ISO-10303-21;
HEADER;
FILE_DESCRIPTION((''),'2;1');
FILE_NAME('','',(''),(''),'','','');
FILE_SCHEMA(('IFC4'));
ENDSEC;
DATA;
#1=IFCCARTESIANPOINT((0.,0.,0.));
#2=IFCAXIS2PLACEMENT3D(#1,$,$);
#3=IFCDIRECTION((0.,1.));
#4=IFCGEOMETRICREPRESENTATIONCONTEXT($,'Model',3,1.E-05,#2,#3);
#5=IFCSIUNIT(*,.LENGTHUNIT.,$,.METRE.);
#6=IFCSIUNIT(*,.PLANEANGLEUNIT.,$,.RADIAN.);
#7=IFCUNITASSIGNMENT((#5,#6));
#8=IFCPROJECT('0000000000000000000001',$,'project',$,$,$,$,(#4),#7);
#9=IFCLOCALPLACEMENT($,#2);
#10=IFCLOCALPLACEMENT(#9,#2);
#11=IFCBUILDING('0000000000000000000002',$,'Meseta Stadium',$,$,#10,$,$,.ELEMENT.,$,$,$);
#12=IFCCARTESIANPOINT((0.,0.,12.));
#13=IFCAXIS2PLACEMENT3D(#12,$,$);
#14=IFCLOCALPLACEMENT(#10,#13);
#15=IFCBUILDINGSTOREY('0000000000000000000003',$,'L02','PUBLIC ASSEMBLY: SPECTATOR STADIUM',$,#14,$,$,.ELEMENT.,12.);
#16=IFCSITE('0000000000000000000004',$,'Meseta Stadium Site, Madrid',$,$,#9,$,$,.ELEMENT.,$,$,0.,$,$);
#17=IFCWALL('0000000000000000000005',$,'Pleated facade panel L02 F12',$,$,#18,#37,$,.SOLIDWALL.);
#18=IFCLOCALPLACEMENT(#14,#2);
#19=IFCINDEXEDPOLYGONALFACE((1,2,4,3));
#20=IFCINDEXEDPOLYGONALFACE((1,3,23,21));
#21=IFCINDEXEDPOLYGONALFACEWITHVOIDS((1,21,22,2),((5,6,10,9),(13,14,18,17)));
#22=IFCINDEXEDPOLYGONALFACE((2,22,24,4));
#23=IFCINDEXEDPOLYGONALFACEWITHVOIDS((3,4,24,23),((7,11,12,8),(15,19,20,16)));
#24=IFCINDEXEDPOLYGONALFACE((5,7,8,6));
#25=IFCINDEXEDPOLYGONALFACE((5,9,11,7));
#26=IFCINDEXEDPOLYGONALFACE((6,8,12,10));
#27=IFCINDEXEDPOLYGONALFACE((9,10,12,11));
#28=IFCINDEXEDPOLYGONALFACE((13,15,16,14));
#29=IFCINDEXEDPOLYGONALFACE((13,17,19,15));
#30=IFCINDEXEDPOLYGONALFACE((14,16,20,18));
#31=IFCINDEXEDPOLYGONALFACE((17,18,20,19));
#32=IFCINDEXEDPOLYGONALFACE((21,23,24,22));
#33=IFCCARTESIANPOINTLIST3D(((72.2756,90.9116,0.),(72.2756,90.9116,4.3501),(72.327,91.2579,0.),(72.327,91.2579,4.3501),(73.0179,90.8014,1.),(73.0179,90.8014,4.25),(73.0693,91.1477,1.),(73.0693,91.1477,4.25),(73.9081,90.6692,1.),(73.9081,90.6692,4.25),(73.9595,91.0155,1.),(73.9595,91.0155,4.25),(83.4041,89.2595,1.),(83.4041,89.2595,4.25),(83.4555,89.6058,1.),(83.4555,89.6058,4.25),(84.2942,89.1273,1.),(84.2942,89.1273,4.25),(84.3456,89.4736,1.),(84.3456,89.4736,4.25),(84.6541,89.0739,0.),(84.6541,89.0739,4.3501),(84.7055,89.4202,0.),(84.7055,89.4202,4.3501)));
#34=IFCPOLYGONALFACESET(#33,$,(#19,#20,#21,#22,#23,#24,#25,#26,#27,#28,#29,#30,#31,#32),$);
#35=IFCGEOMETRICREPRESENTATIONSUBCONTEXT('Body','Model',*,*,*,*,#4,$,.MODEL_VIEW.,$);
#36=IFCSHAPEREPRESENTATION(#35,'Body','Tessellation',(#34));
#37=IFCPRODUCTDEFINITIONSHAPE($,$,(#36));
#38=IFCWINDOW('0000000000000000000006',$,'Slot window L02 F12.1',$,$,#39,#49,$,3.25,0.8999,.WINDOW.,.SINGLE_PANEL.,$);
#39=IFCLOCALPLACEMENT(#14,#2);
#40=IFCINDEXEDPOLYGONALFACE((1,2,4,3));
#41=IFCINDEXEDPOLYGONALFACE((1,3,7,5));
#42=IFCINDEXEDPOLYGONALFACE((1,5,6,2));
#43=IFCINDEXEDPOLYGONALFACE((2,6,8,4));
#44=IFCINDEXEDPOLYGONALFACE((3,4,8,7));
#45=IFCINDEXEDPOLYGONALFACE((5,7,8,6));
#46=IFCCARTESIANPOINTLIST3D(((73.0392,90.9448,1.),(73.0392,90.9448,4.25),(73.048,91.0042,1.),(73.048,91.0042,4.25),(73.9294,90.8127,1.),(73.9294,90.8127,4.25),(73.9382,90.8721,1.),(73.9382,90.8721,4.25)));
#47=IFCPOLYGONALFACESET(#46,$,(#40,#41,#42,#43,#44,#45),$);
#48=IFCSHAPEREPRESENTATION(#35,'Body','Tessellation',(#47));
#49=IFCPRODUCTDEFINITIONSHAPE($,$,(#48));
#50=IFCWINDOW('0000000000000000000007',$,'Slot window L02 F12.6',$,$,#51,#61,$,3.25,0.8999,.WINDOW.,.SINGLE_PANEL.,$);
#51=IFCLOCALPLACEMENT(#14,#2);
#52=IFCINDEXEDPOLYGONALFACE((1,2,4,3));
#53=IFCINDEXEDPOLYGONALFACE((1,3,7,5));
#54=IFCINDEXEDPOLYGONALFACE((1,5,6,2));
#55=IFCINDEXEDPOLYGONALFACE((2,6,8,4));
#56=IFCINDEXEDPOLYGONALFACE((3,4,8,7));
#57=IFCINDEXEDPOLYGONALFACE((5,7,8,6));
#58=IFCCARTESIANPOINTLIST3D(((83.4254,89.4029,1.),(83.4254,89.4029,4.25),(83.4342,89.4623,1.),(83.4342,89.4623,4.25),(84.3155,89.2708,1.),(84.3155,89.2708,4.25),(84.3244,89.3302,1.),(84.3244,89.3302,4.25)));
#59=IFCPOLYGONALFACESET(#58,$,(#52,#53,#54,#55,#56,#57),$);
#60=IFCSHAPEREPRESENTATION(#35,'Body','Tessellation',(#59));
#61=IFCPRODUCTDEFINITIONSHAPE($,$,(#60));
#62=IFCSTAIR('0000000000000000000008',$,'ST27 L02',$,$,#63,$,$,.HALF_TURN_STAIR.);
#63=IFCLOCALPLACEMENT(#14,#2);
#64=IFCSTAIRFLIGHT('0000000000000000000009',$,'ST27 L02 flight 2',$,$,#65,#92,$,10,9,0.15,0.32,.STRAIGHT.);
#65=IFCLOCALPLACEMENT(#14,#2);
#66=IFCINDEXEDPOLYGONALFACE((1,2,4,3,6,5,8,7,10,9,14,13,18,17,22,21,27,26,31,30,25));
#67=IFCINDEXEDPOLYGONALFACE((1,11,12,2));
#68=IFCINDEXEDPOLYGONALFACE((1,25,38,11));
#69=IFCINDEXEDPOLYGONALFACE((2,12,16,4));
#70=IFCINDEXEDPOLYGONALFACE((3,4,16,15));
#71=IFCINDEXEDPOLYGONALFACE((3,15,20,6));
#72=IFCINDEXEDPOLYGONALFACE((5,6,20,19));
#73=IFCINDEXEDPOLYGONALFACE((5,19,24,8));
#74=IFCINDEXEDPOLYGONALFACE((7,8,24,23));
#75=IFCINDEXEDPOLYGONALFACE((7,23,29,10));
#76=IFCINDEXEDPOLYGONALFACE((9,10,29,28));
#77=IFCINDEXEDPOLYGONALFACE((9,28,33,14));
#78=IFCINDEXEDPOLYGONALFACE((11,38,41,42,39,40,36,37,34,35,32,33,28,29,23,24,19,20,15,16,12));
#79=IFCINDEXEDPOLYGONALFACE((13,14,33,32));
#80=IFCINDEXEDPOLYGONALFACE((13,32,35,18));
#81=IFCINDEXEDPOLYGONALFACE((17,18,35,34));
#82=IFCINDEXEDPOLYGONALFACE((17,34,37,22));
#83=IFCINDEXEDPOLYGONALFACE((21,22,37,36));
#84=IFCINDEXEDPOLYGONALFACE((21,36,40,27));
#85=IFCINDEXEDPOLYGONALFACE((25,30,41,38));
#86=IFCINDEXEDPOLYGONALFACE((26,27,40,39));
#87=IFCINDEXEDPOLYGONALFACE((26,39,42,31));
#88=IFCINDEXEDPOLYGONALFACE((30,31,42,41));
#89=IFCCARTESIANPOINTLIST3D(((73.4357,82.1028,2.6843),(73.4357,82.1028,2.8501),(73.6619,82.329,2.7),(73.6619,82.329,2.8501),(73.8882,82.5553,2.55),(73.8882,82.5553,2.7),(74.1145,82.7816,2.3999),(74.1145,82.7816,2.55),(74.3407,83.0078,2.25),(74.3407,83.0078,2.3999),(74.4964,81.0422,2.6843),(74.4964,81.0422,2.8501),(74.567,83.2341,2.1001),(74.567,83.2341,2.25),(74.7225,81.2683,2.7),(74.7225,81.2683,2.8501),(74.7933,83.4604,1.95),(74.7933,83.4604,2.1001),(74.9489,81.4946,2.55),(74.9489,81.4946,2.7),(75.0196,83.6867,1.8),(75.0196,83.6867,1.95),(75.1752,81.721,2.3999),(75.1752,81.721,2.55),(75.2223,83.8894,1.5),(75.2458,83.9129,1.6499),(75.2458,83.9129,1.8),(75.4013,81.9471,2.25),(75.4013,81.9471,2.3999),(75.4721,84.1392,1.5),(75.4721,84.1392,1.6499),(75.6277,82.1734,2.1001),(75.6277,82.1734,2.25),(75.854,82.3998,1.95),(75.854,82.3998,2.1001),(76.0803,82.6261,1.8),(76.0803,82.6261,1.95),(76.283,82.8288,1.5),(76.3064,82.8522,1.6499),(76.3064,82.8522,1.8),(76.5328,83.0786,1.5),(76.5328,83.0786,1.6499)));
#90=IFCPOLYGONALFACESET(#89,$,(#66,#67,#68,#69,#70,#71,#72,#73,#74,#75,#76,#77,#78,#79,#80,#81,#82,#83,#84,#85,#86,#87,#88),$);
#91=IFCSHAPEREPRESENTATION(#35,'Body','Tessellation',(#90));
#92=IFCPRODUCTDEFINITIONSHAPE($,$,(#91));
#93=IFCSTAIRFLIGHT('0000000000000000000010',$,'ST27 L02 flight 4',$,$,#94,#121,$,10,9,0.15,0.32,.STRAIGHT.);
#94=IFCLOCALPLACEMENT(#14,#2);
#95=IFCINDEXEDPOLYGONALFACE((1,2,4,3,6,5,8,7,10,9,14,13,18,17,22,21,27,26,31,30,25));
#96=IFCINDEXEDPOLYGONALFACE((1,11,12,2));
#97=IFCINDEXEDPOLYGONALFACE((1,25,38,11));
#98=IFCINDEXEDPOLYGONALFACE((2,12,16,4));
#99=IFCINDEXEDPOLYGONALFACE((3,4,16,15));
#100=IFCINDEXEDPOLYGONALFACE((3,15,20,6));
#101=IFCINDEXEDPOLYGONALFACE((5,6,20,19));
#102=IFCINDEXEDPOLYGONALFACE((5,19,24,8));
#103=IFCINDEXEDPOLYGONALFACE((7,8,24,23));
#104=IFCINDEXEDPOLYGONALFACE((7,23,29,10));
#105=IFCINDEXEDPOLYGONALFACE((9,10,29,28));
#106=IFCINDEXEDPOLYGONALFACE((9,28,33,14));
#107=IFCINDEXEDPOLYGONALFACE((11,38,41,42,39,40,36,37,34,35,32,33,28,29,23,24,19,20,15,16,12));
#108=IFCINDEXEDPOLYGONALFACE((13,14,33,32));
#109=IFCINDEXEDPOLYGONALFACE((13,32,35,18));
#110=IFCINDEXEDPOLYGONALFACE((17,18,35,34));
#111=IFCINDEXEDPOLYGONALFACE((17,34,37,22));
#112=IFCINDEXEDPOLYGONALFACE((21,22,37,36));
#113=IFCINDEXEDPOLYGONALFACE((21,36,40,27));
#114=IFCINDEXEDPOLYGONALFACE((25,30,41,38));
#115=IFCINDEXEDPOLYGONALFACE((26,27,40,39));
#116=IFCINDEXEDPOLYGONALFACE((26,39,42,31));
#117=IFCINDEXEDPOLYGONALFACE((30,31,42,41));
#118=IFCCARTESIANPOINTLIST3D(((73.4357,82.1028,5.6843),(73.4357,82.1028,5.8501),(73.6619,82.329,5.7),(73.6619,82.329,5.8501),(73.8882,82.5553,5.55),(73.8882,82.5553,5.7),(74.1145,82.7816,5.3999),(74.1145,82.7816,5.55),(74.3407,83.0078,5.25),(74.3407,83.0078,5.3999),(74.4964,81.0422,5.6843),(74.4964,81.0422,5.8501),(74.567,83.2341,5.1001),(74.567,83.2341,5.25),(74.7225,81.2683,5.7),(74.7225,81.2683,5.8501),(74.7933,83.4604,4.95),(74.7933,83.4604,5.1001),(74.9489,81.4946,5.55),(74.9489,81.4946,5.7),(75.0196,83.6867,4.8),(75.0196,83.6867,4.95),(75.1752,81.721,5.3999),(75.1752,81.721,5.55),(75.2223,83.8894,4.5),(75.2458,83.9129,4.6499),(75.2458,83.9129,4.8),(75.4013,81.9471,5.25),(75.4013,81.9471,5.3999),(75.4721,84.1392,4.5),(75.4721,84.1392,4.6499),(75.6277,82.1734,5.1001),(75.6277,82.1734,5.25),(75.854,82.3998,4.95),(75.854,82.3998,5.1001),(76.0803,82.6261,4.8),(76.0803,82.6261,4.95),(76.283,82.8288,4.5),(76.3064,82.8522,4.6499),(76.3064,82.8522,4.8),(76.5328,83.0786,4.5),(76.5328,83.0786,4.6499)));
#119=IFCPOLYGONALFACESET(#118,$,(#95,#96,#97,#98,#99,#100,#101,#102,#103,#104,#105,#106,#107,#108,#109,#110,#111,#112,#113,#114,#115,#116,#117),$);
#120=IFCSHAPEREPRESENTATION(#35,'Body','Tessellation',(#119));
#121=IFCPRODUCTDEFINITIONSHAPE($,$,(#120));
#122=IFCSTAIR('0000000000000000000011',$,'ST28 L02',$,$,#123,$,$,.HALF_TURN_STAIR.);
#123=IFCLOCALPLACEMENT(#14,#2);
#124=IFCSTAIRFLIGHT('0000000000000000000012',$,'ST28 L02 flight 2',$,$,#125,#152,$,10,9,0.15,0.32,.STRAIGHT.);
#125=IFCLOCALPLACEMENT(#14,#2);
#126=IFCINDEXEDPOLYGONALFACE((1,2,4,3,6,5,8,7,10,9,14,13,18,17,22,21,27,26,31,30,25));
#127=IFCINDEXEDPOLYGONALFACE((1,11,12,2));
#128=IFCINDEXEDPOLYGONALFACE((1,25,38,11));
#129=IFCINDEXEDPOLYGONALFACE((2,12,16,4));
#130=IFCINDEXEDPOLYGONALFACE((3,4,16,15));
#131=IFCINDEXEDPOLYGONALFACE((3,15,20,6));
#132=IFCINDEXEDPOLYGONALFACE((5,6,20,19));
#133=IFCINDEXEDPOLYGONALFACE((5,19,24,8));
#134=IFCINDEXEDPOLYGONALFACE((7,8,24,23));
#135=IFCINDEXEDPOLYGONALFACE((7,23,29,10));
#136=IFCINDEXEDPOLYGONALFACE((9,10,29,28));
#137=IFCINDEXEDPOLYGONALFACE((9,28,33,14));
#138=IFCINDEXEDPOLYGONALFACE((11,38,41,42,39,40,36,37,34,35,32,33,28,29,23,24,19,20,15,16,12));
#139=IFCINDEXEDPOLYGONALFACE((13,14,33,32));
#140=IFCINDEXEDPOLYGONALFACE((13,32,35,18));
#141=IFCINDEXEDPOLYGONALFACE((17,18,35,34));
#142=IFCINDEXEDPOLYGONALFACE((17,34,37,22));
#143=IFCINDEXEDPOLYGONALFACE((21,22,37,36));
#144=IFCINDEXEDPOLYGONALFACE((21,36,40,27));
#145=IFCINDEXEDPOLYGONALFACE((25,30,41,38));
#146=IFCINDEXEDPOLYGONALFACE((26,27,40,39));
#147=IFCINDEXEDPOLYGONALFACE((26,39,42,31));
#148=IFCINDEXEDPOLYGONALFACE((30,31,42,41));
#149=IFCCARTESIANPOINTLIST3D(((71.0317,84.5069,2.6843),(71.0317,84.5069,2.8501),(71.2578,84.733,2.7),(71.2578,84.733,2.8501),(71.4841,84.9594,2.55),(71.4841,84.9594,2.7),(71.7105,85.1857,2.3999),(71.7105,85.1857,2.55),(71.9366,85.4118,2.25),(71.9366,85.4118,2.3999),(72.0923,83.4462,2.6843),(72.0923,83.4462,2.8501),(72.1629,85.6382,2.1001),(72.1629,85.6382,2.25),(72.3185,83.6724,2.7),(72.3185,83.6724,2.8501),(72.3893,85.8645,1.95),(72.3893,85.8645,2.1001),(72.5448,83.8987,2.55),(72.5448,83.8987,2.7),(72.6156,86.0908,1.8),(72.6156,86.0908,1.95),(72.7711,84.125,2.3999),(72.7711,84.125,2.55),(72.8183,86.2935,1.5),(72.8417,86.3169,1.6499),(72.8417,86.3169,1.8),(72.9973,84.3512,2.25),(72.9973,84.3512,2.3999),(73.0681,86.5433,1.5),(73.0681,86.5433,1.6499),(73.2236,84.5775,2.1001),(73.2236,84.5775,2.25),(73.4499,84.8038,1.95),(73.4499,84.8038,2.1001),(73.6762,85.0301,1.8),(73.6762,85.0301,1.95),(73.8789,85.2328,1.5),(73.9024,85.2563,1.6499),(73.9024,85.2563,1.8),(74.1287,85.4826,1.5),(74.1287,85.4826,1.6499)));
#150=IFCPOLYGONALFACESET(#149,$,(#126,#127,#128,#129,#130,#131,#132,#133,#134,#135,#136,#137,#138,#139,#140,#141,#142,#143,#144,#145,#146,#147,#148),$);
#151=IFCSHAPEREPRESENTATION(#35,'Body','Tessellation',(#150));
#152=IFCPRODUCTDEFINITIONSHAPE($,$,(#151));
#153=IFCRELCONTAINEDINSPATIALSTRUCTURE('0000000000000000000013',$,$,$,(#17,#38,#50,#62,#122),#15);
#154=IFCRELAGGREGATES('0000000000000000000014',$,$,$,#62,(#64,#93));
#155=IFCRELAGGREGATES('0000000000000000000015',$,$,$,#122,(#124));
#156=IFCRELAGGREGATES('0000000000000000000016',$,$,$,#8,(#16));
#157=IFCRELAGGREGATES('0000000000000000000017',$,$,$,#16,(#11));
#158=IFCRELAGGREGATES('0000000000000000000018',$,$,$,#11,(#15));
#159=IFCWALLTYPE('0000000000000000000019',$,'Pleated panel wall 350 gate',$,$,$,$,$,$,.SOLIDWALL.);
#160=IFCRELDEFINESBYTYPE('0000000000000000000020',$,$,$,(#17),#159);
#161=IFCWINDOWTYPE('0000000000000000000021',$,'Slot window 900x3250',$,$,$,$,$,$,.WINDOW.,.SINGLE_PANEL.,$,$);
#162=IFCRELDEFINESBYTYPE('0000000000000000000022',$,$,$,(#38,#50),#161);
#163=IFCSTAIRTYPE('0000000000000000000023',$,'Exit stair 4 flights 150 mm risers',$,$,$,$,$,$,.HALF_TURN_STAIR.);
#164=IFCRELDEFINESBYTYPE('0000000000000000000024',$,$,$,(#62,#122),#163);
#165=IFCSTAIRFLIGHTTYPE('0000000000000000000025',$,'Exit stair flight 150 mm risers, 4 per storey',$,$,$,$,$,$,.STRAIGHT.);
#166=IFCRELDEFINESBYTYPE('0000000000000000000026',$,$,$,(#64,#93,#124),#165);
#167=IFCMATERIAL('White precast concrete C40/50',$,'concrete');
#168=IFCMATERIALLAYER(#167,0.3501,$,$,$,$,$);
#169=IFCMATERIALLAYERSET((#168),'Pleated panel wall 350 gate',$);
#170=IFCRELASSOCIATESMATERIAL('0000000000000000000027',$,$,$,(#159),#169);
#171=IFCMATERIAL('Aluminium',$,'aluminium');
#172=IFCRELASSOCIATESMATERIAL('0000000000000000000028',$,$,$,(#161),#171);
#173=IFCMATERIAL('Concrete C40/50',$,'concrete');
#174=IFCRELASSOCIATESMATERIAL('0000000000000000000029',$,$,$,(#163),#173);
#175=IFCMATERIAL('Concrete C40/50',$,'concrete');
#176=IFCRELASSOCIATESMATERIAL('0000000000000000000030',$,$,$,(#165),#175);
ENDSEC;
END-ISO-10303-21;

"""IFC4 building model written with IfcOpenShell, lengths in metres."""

from ifc_helpers import new_model, si_unit, direction, frame, frame_2d, origin, place, context, subcontext, project, spatial, polyline, rectangle, outline, extrude, material, layer, layer_set, type_object, element, fill, aggregate, save


model = new_model("IFC4")

# Units and contexts
model_context = context("Model", 3, precision=1e-05, world=origin(), true_north=direction((0.0, 1.0)))
body_context = subcontext(model_context, "Body", "Model", "MODEL_VIEW")
ifc_project = project(units=[si_unit("LENGTHUNIT", "METRE"), si_unit("PLANEANGLEUNIT", "RADIAN")], contexts=[model_context])

# Site, building, storey
site_placement = place(None, origin())
site = spatial("IfcSite", under=ifc_project, at=site_placement, Name="Meseta Stadium Site, Madrid", CompositionType="ELEMENT", RefElevation=0.0)
building_placement = place(site_placement, origin())
building = spatial("IfcBuilding", under=site, at=building_placement, Name="Meseta Stadium", CompositionType="ELEMENT")
storey_placement = place(building_placement, frame((0.0, 0.0, 12.0)))
storey = spatial("IfcBuildingStorey", under=building, at=storey_placement, Name="L02", Description="PUBLIC ASSEMBLY: SPECTATOR STADIUM", CompositionType="ELEMENT", Elevation=12.0)

# Wall, openings, windows
ifc_material_1 = material(Name="White precast concrete C40/50", Category="concrete")
ifc_layer_1 = layer(ifc_material_1, 0.3501)
ifc_layer_set_1 = layer_set([ifc_layer_1], Name="Pleated panel wall 350 gate")
wall_type_1 = type_object("IfcWallType", Name="Pleated panel wall 350 gate", PredefinedType="SOLIDWALL", material=ifc_layer_set_1)
wall_1_placement = place(storey_placement, frame((72.3013, 91.0847, 0.0), z_axis=(0.0, 0.0, 1.0), x_axis=(0.989159, -0.146846, 0.0)))
wall_1 = element("IfcWall", 1, at=wall_1_placement, inside=storey, type_object=wall_type_1, Name="Pleated facade panel L02 F12", PredefinedType="SOLIDWALL", context=body_context, shape_type="SweptSolid", body=[
    extrude(rectangle(XDim=12.5142, YDim=0.3501, at=frame_2d((6.2571, 0.0))), origin(), (0.0, 0.0, 1.0), 4.3501),
])
opening_1_placement = place(wall_1_placement, frame((0.7505, 0.0, 1.0)))
opening_1 = element("IfcOpeningElement", 2, at=opening_1_placement, cuts=wall_1, PredefinedType="OPENING", context=body_context, shape_type="SweptSolid", body=[
    extrude(rectangle(XDim=0.8999, YDim=3.25, at=frame_2d((0.45, 1.625))), frame((0.0, 0.1851, 0.0), z_axis=(0.0, -1.0, 0.0), x_axis=(1.0, 0.0, 0.0)), (0.0, 0.0, 1.0), 0.3701),
])
opening_2_placement = place(wall_1_placement, frame((11.2505, 0.0, 1.0)))
opening_2 = element("IfcOpeningElement", 3, at=opening_2_placement, cuts=wall_1, PredefinedType="OPENING", context=body_context, shape_type="SweptSolid", body=[
    extrude(rectangle(XDim=0.8999, YDim=3.25, at=frame_2d((0.45, 1.625))), frame((0.0, 0.1851, 0.0), z_axis=(0.0, -1.0, 0.0), x_axis=(1.0, 0.0, 0.0)), (0.0, 0.0, 1.0), 0.3701),
])
ifc_material_2 = material(Name="Aluminium", Category="aluminium")
window_type = type_object("IfcWindowType", Name="Slot window 900x3250", PartitioningType="SINGLE_PANEL", PredefinedType="WINDOW", material=ifc_material_2)
window_1_placement = place(opening_1_placement, origin())
window_1 = element("IfcWindow", 4, at=window_1_placement, inside=storey, type_object=window_type, Name="Slot window L02 F12.1", OverallHeight=3.25, OverallWidth=0.8999, PartitioningType="SINGLE_PANEL", PredefinedType="WINDOW", context=body_context, shape_type="SweptSolid", body=[
    extrude(rectangle(XDim=0.8999, YDim=3.25, at=frame_2d((0.45, 1.625))), frame((0.0, 0.03, 0.0), z_axis=(0.0, -1.0, 0.0), x_axis=(1.0, 0.0, 0.0)), (0.0, 0.0, 1.0), 0.0601),
])
fill(opening_1, window_1)
window_2_placement = place(opening_2_placement, origin())
window_2 = element("IfcWindow", 5, at=window_2_placement, inside=storey, type_object=window_type, Name="Slot window L02 F12.6", OverallHeight=3.25, OverallWidth=0.8999, PartitioningType="SINGLE_PANEL", PredefinedType="WINDOW", context=body_context, shape_type="SweptSolid", body=[
    extrude(rectangle(XDim=0.8999, YDim=3.25, at=frame_2d((0.45, 1.625))), frame((0.0, 0.03, 0.0), z_axis=(0.0, -1.0, 0.0), x_axis=(1.0, 0.0, 0.0)), (0.0, 0.0, 1.0), 0.0601),
])
fill(opening_2, window_2)

# Stairs, stair flights
ifc_material_3 = material(Name="Concrete C40/50", Category="concrete")
stair_type = type_object("IfcStairType", Name="Exit stair 4 flights 150 mm risers", PredefinedType="HALF_TURN_STAIR", material=ifc_material_3)
stair_1_placement = place(storey_placement, origin())
stair_1 = element("IfcStair", 6, at=stair_1_placement, inside=storey, type_object=stair_type, Name="ST27 L02", PredefinedType="HALF_TURN_STAIR")
ifc_material_4 = material(Name="Concrete C40/50", Category="concrete")
stair_flight_type = type_object("IfcStairFlightType", Name="Exit stair flight 150 mm risers, 4 per storey", PredefinedType="STRAIGHT", material=ifc_material_4)
stair_flight_1_placement = place(storey_placement, frame((76.0024, 83.6089, 1.5), z_axis=(0.0, 0.0, 1.0), x_axis=(-0.707107, -0.707107, 0.0)))
stair_flight_1 = element("IfcStairFlight", 7, at=stair_flight_1_placement, type_object=stair_flight_type, Name="ST27 L02 flight 2", NumberOfRisers=10, NumberOfTreads=9, PredefinedType="STRAIGHT", RiserHeight=0.15, TreadLength=0.32, context=body_context, shape_type="SweptSolid", body=[
    extrude(outline(polyline([(0.0, 0.0), (0.0, 0.1499), (0.3201, 0.1499), (0.3201, 0.3), (0.6399, 0.3), (0.6399, 0.45), (0.96, 0.45), (0.96, 0.6001), (1.28, 0.6001), (1.28, 0.75), (1.6001, 0.75), (1.6001, 0.8999), (1.9199, 0.8999), (1.9199, 1.05), (2.24, 1.05), (2.24, 1.2), (2.5601, 1.2), (2.5601, 1.3501), (2.8799, 1.3501), (2.8799, 1.1843), (0.3533, 0.0), (0.0, 0.0)])), frame((0.0, 0.75, 0.0), z_axis=(0.0, -1.0, 0.0), x_axis=(1.0, 0.0, 0.0)), (0.0, 0.0, 1.0), 1.5),
])
stair_flight_2_placement = place(storey_placement, frame((76.0024, 83.6089, 4.5), z_axis=(0.0, 0.0, 1.0), x_axis=(-0.707107, -0.707107, 0.0)))
stair_flight_2 = element("IfcStairFlight", 8, at=stair_flight_2_placement, type_object=stair_flight_type, Name="ST27 L02 flight 4", NumberOfRisers=10, NumberOfTreads=9, PredefinedType="STRAIGHT", RiserHeight=0.15, TreadLength=0.32, context=body_context, shape_type="SweptSolid", body=[
    extrude(outline(polyline([(0.0, 0.0), (0.0, 0.1499), (0.3201, 0.1499), (0.3201, 0.3), (0.6399, 0.3), (0.6399, 0.45), (0.96, 0.45), (0.96, 0.6001), (1.28, 0.6001), (1.28, 0.75), (1.6001, 0.75), (1.6001, 0.8999), (1.9199, 0.8999), (1.9199, 1.05), (2.24, 1.05), (2.24, 1.2), (2.5601, 1.2), (2.5601, 1.3501), (2.8799, 1.3501), (2.8799, 1.1843), (0.3533, 0.0), (0.0, 0.0)])), frame((0.0, 0.75, 0.0), z_axis=(0.0, -1.0, 0.0), x_axis=(1.0, 0.0, 0.0)), (0.0, 0.0, 1.0), 1.5),
])
aggregate(stair_1, [stair_flight_1, stair_flight_2])
stair_2_placement = place(storey_placement, origin())
stair_2 = element("IfcStair", 9, at=stair_2_placement, inside=storey, type_object=stair_type, Name="ST28 L02", PredefinedType="HALF_TURN_STAIR")
stair_flight_3_placement = place(storey_placement, frame((73.5984, 86.0129, 1.5), z_axis=(0.0, 0.0, 1.0), x_axis=(-0.707107, -0.707107, 0.0)))
stair_flight_3 = element("IfcStairFlight", 10, at=stair_flight_3_placement, type_object=stair_flight_type, Name="ST28 L02 flight 2", NumberOfRisers=10, NumberOfTreads=9, PredefinedType="STRAIGHT", RiserHeight=0.15, TreadLength=0.32, context=body_context, shape_type="SweptSolid", body=[
    extrude(outline(polyline([(0.0, 0.0), (0.0, 0.1499), (0.3201, 0.1499), (0.3201, 0.3), (0.6399, 0.3), (0.6399, 0.45), (0.96, 0.45), (0.96, 0.6001), (1.28, 0.6001), (1.28, 0.75), (1.6001, 0.75), (1.6001, 0.8999), (1.9199, 0.8999), (1.9199, 1.05), (2.24, 1.05), (2.24, 1.2), (2.5601, 1.2), (2.5601, 1.3501), (2.8799, 1.3501), (2.8799, 1.1843), (0.3533, 0.0), (0.0, 0.0)])), frame((0.0, 0.75, 0.0), z_axis=(0.0, -1.0, 0.0), x_axis=(1.0, 0.0, 0.0)), (0.0, 0.0, 1.0), 1.5),
])
aggregate(stair_2, [stair_flight_3])

save(model, "model.ifc")
